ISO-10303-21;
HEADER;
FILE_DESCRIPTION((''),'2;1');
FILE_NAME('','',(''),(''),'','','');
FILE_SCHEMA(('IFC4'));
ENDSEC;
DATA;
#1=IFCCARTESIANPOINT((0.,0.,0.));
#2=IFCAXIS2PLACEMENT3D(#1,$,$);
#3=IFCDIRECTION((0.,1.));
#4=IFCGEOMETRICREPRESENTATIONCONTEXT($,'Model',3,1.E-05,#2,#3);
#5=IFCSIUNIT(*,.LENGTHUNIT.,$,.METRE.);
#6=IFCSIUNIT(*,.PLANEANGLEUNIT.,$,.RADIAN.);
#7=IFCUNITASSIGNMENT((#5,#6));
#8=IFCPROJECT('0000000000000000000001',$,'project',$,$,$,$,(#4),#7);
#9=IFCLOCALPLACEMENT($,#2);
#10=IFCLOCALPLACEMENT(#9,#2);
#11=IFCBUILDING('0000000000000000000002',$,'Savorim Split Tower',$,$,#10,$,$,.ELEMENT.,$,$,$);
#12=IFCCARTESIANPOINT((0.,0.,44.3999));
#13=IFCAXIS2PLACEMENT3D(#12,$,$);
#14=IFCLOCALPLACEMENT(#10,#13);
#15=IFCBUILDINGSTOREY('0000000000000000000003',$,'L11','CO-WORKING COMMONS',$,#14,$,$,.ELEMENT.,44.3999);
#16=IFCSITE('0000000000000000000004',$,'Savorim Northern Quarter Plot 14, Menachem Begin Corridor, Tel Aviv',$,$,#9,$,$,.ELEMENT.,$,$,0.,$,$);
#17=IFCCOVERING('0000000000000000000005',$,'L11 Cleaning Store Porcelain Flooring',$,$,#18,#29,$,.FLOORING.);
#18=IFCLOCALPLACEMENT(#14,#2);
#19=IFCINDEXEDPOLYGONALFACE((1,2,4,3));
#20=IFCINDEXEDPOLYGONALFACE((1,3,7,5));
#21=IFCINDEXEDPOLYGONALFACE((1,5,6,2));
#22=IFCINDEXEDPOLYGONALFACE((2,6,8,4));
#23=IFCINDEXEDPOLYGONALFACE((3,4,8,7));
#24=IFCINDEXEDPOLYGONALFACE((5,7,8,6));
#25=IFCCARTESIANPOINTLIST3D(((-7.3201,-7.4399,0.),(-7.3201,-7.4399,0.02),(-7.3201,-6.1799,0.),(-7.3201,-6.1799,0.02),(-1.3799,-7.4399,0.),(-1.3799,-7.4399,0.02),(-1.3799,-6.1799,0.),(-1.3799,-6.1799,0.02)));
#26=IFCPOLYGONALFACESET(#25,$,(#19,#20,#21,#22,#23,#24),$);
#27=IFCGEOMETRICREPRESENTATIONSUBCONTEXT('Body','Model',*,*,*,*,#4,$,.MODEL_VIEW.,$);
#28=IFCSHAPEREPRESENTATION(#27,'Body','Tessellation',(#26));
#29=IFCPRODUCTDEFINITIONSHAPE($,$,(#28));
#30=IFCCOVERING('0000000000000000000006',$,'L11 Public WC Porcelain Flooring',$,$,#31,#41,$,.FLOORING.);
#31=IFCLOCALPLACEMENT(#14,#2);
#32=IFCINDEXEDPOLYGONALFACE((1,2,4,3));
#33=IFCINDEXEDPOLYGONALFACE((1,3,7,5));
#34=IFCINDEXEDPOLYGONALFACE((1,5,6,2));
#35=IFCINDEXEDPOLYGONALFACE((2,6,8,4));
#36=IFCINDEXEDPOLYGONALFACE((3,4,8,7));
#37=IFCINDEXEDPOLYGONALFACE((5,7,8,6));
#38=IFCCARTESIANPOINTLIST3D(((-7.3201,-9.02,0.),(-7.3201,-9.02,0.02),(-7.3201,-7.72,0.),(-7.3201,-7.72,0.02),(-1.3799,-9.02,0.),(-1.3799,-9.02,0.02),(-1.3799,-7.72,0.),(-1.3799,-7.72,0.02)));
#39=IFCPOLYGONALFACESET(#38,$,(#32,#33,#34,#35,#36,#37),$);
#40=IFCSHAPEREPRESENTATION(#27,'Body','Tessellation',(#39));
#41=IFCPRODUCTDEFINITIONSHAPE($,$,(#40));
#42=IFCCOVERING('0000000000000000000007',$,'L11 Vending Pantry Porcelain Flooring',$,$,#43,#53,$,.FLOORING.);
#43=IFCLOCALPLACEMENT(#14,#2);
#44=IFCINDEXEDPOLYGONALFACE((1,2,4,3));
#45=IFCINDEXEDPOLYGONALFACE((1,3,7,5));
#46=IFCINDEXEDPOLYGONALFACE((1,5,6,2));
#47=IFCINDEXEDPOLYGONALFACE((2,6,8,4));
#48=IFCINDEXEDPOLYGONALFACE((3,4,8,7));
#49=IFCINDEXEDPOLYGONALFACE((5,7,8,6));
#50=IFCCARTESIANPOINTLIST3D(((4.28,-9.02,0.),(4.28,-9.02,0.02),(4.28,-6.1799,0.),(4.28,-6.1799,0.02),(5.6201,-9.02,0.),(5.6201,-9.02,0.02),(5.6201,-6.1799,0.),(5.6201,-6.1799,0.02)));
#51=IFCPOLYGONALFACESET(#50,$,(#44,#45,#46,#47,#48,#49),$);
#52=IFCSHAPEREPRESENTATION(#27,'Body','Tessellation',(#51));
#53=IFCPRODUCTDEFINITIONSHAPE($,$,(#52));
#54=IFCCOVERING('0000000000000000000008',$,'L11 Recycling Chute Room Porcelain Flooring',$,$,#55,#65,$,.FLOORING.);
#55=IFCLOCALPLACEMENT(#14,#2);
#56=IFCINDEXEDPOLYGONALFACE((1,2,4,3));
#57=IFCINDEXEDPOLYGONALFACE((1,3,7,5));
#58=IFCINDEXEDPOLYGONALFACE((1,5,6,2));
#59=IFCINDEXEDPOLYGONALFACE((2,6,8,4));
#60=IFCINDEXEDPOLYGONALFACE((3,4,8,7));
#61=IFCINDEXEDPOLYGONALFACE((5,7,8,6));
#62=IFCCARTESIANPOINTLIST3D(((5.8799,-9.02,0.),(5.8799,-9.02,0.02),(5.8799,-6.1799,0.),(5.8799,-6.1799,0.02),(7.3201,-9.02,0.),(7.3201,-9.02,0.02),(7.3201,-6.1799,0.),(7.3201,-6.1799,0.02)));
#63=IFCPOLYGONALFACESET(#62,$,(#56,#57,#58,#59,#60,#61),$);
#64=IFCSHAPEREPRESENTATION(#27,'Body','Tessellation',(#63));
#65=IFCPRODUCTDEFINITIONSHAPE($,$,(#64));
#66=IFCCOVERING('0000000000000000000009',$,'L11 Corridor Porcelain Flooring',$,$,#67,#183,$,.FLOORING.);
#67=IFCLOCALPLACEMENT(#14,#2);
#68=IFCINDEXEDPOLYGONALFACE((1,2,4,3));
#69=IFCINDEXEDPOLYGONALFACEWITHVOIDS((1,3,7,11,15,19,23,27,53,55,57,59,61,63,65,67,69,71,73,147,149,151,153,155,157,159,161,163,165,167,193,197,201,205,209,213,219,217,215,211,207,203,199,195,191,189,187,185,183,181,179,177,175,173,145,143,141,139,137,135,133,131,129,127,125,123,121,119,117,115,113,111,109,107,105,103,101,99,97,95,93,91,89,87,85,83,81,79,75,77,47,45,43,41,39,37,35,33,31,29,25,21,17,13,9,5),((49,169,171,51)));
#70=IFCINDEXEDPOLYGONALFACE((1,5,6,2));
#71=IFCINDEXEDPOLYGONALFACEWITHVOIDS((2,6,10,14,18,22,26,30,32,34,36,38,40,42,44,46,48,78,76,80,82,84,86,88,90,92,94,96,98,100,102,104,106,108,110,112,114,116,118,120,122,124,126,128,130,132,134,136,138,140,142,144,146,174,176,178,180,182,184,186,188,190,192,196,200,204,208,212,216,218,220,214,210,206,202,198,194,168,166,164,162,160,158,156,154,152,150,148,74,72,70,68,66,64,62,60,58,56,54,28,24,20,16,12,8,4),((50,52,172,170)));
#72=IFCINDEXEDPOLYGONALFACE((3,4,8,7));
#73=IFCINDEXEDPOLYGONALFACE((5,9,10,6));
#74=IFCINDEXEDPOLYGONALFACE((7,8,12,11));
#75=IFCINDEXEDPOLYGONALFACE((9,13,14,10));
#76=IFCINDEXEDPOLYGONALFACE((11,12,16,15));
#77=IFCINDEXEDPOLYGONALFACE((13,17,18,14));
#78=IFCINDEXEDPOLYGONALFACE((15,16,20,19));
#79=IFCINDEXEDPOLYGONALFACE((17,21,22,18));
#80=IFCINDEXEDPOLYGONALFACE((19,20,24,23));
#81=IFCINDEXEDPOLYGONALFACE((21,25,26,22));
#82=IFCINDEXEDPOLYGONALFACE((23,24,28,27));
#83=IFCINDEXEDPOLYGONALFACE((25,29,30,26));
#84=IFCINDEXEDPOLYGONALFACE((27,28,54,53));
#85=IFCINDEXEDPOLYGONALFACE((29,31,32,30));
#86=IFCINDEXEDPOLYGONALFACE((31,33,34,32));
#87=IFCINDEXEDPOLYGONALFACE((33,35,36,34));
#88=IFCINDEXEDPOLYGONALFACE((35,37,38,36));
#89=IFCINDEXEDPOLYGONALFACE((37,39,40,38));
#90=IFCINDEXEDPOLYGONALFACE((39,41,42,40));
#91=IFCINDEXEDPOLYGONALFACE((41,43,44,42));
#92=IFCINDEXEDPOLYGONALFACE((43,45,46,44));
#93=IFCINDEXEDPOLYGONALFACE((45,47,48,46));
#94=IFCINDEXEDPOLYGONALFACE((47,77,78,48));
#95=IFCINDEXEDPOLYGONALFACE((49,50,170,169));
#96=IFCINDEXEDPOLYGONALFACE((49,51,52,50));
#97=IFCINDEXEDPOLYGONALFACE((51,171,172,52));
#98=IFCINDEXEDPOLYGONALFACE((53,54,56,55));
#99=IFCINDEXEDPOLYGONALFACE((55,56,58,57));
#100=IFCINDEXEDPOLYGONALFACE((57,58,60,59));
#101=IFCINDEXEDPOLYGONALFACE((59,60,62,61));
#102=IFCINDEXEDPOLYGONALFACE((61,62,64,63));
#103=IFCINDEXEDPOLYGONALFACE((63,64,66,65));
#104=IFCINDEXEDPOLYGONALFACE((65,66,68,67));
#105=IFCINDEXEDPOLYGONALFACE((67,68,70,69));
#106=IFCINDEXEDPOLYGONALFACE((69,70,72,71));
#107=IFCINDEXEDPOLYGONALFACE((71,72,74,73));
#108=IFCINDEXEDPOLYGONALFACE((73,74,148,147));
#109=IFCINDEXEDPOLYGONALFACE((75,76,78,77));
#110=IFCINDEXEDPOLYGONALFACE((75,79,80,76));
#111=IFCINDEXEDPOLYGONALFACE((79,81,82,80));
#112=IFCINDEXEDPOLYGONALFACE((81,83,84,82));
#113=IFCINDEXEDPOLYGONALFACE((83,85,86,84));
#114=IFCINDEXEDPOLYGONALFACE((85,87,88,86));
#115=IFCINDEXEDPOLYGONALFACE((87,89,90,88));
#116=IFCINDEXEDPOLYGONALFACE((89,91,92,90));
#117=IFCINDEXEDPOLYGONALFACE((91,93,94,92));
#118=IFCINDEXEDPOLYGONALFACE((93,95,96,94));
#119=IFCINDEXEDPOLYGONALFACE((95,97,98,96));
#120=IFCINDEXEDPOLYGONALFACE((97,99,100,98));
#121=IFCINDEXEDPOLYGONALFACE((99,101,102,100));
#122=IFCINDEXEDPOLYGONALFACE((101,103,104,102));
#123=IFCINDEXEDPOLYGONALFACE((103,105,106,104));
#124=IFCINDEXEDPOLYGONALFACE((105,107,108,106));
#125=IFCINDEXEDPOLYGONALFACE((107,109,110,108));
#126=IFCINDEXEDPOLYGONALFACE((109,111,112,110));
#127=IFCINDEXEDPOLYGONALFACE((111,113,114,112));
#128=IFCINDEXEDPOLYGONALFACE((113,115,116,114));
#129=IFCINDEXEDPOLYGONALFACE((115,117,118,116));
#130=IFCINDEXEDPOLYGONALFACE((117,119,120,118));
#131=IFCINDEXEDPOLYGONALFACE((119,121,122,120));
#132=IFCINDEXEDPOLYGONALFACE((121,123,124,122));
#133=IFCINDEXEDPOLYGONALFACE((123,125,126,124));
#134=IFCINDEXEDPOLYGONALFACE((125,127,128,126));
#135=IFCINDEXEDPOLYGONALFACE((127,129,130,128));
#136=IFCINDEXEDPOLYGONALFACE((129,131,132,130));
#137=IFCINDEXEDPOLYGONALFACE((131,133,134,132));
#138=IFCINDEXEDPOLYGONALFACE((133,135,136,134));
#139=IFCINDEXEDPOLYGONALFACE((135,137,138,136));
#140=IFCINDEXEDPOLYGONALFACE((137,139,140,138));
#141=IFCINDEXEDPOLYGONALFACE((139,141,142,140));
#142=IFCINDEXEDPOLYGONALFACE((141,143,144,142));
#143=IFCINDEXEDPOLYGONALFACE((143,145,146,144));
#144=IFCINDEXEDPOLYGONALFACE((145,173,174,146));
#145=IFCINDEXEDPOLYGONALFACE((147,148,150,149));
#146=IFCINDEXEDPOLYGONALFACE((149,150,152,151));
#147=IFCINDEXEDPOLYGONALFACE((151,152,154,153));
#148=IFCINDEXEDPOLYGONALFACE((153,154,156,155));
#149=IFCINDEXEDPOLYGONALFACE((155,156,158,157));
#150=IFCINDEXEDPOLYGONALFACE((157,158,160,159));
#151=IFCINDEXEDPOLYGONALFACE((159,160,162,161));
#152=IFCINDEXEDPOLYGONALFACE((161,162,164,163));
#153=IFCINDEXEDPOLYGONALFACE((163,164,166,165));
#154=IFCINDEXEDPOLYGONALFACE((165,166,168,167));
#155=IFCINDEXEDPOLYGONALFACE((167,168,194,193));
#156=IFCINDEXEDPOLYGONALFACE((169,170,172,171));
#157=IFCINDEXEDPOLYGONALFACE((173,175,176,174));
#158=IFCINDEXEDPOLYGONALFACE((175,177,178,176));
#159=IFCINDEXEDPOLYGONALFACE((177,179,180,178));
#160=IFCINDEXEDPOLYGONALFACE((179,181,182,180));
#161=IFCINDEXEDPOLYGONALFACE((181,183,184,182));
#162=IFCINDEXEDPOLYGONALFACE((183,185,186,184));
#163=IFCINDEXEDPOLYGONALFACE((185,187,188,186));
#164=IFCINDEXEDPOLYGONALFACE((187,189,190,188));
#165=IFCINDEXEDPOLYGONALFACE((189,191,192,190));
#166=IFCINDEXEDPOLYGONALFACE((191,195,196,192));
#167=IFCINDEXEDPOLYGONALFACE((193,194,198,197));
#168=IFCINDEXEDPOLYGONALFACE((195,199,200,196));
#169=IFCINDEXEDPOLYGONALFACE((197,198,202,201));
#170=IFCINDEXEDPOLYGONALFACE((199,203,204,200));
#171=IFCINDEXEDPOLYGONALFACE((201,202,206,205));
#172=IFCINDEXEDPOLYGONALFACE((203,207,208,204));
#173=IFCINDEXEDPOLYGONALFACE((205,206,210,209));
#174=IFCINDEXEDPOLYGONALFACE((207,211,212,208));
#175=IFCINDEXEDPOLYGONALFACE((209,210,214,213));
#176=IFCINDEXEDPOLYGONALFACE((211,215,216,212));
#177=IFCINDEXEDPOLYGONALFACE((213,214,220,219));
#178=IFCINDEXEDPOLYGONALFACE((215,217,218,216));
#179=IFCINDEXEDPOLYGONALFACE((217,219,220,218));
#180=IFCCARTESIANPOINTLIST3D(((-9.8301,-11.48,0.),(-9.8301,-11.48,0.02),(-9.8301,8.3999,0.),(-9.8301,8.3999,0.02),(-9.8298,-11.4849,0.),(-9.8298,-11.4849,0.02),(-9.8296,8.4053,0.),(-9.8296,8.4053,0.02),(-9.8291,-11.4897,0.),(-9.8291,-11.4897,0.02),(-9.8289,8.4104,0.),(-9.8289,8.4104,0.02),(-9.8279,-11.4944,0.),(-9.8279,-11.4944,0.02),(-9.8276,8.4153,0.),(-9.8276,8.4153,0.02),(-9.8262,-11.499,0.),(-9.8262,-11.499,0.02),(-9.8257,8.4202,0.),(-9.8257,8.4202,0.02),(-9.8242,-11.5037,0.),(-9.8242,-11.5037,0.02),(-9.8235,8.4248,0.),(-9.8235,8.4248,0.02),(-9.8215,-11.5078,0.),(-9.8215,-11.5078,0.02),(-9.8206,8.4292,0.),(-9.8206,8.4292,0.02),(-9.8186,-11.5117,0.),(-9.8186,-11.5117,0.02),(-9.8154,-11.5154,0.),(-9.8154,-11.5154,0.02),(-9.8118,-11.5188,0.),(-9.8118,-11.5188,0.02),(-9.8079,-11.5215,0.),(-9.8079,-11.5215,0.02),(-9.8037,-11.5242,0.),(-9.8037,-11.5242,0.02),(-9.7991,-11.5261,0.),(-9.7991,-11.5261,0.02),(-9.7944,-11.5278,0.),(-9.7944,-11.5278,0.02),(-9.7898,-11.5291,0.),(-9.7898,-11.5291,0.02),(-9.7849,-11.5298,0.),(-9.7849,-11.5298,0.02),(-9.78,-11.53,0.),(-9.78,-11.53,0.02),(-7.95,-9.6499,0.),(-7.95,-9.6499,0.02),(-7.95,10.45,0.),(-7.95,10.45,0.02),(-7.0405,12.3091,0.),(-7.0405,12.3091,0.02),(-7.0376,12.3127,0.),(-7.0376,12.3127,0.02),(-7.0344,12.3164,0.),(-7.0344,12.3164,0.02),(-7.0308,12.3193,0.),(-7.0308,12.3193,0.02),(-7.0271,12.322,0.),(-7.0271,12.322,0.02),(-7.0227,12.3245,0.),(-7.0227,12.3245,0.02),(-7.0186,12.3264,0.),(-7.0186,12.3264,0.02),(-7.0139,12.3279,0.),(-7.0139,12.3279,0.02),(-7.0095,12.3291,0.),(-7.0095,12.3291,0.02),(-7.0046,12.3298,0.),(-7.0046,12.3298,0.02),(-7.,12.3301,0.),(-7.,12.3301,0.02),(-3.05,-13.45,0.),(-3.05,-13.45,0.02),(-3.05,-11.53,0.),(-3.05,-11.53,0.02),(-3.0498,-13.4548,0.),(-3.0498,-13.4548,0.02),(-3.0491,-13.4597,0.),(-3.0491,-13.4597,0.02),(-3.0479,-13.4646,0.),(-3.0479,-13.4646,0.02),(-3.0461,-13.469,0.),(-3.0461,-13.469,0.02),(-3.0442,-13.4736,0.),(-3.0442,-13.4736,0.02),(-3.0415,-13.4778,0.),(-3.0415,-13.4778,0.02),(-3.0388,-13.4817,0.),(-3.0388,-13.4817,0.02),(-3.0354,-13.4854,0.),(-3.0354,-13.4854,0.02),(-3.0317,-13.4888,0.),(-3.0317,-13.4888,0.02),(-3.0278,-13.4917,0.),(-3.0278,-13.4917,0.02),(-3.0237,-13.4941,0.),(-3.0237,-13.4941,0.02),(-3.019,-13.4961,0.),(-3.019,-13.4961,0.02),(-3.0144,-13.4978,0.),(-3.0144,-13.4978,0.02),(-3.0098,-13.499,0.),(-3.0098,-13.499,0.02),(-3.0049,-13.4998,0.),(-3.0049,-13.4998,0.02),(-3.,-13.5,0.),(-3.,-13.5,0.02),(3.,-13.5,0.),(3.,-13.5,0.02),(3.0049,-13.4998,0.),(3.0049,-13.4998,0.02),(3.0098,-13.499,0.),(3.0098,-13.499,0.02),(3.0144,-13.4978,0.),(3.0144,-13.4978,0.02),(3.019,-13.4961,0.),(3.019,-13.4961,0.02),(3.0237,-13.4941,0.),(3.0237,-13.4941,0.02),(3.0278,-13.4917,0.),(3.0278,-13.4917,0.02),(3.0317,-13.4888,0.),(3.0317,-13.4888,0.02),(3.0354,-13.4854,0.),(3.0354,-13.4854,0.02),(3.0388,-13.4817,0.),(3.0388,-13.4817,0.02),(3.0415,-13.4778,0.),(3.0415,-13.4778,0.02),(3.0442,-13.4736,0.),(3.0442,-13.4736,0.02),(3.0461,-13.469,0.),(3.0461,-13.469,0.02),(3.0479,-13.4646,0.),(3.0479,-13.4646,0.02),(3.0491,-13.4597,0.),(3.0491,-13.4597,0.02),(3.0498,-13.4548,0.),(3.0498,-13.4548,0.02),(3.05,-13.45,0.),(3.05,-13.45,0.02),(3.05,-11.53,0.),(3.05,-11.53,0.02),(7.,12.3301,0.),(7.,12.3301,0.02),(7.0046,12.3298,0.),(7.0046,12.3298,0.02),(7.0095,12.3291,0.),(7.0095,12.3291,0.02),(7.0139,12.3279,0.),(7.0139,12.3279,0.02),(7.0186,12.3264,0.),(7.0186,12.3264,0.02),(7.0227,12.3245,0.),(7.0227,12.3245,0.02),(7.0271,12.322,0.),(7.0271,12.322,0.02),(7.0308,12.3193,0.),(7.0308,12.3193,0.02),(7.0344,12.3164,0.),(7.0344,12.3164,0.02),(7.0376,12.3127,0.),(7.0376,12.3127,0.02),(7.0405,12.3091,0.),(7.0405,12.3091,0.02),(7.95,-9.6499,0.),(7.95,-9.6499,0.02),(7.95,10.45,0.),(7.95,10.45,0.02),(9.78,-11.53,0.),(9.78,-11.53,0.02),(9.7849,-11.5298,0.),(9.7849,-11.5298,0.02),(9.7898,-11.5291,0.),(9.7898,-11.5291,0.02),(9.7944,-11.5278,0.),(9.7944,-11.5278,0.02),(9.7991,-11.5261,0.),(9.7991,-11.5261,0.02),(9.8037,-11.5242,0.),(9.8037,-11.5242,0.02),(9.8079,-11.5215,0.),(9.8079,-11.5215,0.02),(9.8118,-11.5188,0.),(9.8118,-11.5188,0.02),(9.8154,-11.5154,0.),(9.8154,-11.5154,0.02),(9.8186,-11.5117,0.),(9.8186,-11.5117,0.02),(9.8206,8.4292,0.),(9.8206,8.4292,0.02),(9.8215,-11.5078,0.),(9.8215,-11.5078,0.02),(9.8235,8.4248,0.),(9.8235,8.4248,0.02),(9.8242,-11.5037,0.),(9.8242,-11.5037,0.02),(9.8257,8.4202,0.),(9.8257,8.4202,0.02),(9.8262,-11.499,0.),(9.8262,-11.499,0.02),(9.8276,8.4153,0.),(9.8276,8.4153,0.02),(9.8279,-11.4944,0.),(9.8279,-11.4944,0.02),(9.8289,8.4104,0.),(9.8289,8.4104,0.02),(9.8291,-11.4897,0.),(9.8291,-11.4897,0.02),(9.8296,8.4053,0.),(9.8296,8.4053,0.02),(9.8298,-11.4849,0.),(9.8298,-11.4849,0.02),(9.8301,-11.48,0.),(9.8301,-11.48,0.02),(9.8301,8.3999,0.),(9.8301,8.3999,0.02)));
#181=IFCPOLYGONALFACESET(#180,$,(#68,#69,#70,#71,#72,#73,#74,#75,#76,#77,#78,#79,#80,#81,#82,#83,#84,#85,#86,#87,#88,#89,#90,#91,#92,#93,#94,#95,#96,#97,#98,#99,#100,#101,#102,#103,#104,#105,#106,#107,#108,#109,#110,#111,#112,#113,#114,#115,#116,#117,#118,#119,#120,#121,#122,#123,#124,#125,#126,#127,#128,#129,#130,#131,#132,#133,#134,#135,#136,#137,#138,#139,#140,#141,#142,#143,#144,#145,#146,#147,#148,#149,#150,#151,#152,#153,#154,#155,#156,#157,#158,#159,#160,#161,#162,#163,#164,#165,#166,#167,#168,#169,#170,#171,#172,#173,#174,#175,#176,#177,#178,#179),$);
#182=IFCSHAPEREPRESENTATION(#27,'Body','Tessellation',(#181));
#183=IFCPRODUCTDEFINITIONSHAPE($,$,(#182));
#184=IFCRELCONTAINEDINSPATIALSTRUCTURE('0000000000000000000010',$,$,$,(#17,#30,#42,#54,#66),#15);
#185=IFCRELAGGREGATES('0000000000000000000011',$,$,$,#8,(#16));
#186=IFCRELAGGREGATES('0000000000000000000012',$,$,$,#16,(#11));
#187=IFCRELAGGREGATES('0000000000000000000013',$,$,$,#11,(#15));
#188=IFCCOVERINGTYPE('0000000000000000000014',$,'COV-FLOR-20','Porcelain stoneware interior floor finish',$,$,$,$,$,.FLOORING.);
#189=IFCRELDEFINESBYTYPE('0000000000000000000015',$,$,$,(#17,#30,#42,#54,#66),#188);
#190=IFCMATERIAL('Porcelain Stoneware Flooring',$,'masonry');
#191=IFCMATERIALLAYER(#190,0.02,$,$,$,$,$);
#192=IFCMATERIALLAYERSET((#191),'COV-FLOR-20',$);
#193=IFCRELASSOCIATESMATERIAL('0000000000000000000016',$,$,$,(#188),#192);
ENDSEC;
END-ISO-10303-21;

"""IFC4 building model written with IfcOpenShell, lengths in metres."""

from ifc_helpers import new_model, si_unit, direction, frame, origin, place, context, subcontext, project, spatial, polyline, outline, extrude, material, layer, layer_set, type_object, element, save


model = new_model("IFC4")

# Units and contexts
model_context = context("Model", 3, precision=1e-05, world=origin(), true_north=direction((0.0, 1.0)))
body_context = subcontext(model_context, "Body", "Model", "MODEL_VIEW")
ifc_project = project(units=[si_unit("LENGTHUNIT", "METRE"), si_unit("PLANEANGLEUNIT", "RADIAN")], contexts=[model_context])

# Site, building, storey
site_placement = place(None, origin())
site = spatial("IfcSite", under=ifc_project, at=site_placement, Name="Savorim Northern Quarter Plot 14, Menachem Begin Corridor, Tel Aviv", CompositionType="ELEMENT", RefElevation=0.0)
building_placement = place(site_placement, origin())
building = spatial("IfcBuilding", under=site, at=building_placement, Name="Savorim Split Tower", CompositionType="ELEMENT")
storey_placement = place(building_placement, frame((0.0, 0.0, 44.3999)))
storey = spatial("IfcBuildingStorey", under=building, at=storey_placement, Name="L11", Description="CO-WORKING COMMONS", CompositionType="ELEMENT", Elevation=44.3999)

# Coverings
ifc_material_1 = material(Name="Porcelain Stoneware Flooring", Category="masonry")
ifc_layer_1 = layer(ifc_material_1, 0.02)
ifc_layer_set_1 = layer_set([ifc_layer_1], Name="COV-FLOR-20")
covering_type_1 = type_object("IfcCoveringType", Name="COV-FLOR-20", Description="Porcelain stoneware interior floor finish", PredefinedType="FLOORING", material=ifc_layer_set_1)
covering_1_placement = place(storey_placement, origin())
element("IfcCovering", 1, at=covering_1_placement, inside=storey, type_object=covering_type_1, Name="L11 Cleaning Store Porcelain Flooring", PredefinedType="FLOORING", context=body_context, shape_type="SweptSolid", body=[
    extrude(outline(polyline([(-7.3201, -6.1799), (-7.3201, -7.4399), (-1.3799, -7.4399), (-1.3799, -6.1799), (-7.3201, -6.1799)])), origin(), (0.0, 0.0, 1.0), 0.02),
])
covering_2_placement = place(storey_placement, origin())
element("IfcCovering", 2, at=covering_2_placement, inside=storey, type_object=covering_type_1, Name="L11 Public WC Porcelain Flooring", PredefinedType="FLOORING", context=body_context, shape_type="SweptSolid", body=[
    extrude(outline(polyline([(-7.3201, -7.72), (-7.3201, -9.02), (-1.3799, -9.02), (-1.3799, -7.72), (-7.3201, -7.72)])), origin(), (0.0, 0.0, 1.0), 0.02),
])
covering_3_placement = place(storey_placement, origin())
element("IfcCovering", 3, at=covering_3_placement, inside=storey, type_object=covering_type_1, Name="L11 Vending Pantry Porcelain Flooring", PredefinedType="FLOORING", context=body_context, shape_type="SweptSolid", body=[
    extrude(outline(polyline([(4.28, -6.1799), (4.28, -9.02), (5.6201, -9.02), (5.6201, -6.1799), (4.28, -6.1799)])), origin(), (0.0, 0.0, 1.0), 0.02),
])
covering_4_placement = place(storey_placement, origin())
element("IfcCovering", 4, at=covering_4_placement, inside=storey, type_object=covering_type_1, Name="L11 Recycling Chute Room Porcelain Flooring", PredefinedType="FLOORING", context=body_context, shape_type="SweptSolid", body=[
    extrude(outline(polyline([(5.8799, -6.1799), (5.8799, -9.02), (7.3201, -9.02), (7.3201, -6.1799), (5.8799, -6.1799)])), origin(), (0.0, 0.0, 1.0), 0.02),
])
covering_5_placement = place(storey_placement, origin())
element("IfcCovering", 5, at=covering_5_placement, inside=storey, type_object=covering_type_1, Name="L11 Corridor Porcelain Flooring", PredefinedType="FLOORING", context=body_context, shape_type="SweptSolid", body=[
    extrude(outline(polyline([(7.0095, 12.3291), (7.0046, 12.3298), (7.0, 12.3301), (-7.0, 12.3301), (-7.0046, 12.3298), (-7.0095, 12.3291), (-7.0139, 12.3279), (-7.0186, 12.3264), (-7.0227, 12.3245), (-7.0271, 12.322), (-7.0308, 12.3193), (-7.0344, 12.3164), (-7.0376, 12.3127), (-7.0405, 12.3091), (-9.8206, 8.4292), (-9.8235, 8.4248), (-9.8257, 8.4202), (-9.8276, 8.4153), (-9.8289, 8.4104), (-9.8296, 8.4053), (-9.8301, 8.3999), (-9.8301, -11.48), (-9.8298, -11.4849), (-9.8291, -11.4897), (-9.8279, -11.4944), (-9.8262, -11.499), (-9.8242, -11.5037), (-9.8215, -11.5078), (-9.8186, -11.5117), (-9.8154, -11.5154), (-9.8118, -11.5188), (-9.8079, -11.5215), (-9.8037, -11.5242), (-9.7991, -11.5261), (-9.7944, -11.5278), (-9.7898, -11.5291), (-9.7849, -11.5298), (-9.78, -11.53), (-3.05, -11.53), (-3.05, -13.45), (-3.0498, -13.4548), (-3.0491, -13.4597), (-3.0479, -13.4646), (-3.0461, -13.469), (-3.0442, -13.4736), (-3.0415, -13.4778), (-3.0388, -13.4817), (-3.0354, -13.4854), (-3.0317, -13.4888), (-3.0278, -13.4917), (-3.0237, -13.4941), (-3.019, -13.4961), (-3.0144, -13.4978), (-3.0098, -13.499), (-3.0049, -13.4998), (-3.0, -13.5), (3.0, -13.5), (3.0049, -13.4998), (3.0098, -13.499), (3.0144, -13.4978), (3.019, -13.4961), (3.0237, -13.4941), (3.0278, -13.4917), (3.0317, -13.4888), (3.0354, -13.4854), (3.0388, -13.4817), (3.0415, -13.4778), (3.0442, -13.4736), (3.0461, -13.469), (3.0479, -13.4646), (3.0491, -13.4597), (3.0498, -13.4548), (3.05, -13.45), (3.05, -11.53), (9.78, -11.53), (9.7849, -11.5298), (9.7898, -11.5291), (9.7944, -11.5278), (9.7991, -11.5261), (9.8037, -11.5242), (9.8079, -11.5215), (9.8118, -11.5188), (9.8154, -11.5154), (9.8186, -11.5117), (9.8215, -11.5078), (9.8242, -11.5037), (9.8262, -11.499), (9.8279, -11.4944), (9.8291, -11.4897), (9.8298, -11.4849), (9.8301, -11.48), (9.8301, 8.3999), (9.8296, 8.4053), (9.8289, 8.4104), (9.8276, 8.4153), (9.8257, 8.4202), (9.8235, 8.4248), (9.8206, 8.4292), (7.0405, 12.3091), (7.0376, 12.3127), (7.0344, 12.3164), (7.0308, 12.3193), (7.0271, 12.322), (7.0227, 12.3245), (7.0186, 12.3264), (7.0139, 12.3279), (7.0095, 12.3291)]), holes=[polyline([(-7.95, 10.45), (-7.95, -9.6499), (7.95, -9.6499), (7.95, 10.45), (-7.95, 10.45)])]), origin(), (0.0, 0.0, 1.0), 0.02),
])

save(model, "model.ifc")
